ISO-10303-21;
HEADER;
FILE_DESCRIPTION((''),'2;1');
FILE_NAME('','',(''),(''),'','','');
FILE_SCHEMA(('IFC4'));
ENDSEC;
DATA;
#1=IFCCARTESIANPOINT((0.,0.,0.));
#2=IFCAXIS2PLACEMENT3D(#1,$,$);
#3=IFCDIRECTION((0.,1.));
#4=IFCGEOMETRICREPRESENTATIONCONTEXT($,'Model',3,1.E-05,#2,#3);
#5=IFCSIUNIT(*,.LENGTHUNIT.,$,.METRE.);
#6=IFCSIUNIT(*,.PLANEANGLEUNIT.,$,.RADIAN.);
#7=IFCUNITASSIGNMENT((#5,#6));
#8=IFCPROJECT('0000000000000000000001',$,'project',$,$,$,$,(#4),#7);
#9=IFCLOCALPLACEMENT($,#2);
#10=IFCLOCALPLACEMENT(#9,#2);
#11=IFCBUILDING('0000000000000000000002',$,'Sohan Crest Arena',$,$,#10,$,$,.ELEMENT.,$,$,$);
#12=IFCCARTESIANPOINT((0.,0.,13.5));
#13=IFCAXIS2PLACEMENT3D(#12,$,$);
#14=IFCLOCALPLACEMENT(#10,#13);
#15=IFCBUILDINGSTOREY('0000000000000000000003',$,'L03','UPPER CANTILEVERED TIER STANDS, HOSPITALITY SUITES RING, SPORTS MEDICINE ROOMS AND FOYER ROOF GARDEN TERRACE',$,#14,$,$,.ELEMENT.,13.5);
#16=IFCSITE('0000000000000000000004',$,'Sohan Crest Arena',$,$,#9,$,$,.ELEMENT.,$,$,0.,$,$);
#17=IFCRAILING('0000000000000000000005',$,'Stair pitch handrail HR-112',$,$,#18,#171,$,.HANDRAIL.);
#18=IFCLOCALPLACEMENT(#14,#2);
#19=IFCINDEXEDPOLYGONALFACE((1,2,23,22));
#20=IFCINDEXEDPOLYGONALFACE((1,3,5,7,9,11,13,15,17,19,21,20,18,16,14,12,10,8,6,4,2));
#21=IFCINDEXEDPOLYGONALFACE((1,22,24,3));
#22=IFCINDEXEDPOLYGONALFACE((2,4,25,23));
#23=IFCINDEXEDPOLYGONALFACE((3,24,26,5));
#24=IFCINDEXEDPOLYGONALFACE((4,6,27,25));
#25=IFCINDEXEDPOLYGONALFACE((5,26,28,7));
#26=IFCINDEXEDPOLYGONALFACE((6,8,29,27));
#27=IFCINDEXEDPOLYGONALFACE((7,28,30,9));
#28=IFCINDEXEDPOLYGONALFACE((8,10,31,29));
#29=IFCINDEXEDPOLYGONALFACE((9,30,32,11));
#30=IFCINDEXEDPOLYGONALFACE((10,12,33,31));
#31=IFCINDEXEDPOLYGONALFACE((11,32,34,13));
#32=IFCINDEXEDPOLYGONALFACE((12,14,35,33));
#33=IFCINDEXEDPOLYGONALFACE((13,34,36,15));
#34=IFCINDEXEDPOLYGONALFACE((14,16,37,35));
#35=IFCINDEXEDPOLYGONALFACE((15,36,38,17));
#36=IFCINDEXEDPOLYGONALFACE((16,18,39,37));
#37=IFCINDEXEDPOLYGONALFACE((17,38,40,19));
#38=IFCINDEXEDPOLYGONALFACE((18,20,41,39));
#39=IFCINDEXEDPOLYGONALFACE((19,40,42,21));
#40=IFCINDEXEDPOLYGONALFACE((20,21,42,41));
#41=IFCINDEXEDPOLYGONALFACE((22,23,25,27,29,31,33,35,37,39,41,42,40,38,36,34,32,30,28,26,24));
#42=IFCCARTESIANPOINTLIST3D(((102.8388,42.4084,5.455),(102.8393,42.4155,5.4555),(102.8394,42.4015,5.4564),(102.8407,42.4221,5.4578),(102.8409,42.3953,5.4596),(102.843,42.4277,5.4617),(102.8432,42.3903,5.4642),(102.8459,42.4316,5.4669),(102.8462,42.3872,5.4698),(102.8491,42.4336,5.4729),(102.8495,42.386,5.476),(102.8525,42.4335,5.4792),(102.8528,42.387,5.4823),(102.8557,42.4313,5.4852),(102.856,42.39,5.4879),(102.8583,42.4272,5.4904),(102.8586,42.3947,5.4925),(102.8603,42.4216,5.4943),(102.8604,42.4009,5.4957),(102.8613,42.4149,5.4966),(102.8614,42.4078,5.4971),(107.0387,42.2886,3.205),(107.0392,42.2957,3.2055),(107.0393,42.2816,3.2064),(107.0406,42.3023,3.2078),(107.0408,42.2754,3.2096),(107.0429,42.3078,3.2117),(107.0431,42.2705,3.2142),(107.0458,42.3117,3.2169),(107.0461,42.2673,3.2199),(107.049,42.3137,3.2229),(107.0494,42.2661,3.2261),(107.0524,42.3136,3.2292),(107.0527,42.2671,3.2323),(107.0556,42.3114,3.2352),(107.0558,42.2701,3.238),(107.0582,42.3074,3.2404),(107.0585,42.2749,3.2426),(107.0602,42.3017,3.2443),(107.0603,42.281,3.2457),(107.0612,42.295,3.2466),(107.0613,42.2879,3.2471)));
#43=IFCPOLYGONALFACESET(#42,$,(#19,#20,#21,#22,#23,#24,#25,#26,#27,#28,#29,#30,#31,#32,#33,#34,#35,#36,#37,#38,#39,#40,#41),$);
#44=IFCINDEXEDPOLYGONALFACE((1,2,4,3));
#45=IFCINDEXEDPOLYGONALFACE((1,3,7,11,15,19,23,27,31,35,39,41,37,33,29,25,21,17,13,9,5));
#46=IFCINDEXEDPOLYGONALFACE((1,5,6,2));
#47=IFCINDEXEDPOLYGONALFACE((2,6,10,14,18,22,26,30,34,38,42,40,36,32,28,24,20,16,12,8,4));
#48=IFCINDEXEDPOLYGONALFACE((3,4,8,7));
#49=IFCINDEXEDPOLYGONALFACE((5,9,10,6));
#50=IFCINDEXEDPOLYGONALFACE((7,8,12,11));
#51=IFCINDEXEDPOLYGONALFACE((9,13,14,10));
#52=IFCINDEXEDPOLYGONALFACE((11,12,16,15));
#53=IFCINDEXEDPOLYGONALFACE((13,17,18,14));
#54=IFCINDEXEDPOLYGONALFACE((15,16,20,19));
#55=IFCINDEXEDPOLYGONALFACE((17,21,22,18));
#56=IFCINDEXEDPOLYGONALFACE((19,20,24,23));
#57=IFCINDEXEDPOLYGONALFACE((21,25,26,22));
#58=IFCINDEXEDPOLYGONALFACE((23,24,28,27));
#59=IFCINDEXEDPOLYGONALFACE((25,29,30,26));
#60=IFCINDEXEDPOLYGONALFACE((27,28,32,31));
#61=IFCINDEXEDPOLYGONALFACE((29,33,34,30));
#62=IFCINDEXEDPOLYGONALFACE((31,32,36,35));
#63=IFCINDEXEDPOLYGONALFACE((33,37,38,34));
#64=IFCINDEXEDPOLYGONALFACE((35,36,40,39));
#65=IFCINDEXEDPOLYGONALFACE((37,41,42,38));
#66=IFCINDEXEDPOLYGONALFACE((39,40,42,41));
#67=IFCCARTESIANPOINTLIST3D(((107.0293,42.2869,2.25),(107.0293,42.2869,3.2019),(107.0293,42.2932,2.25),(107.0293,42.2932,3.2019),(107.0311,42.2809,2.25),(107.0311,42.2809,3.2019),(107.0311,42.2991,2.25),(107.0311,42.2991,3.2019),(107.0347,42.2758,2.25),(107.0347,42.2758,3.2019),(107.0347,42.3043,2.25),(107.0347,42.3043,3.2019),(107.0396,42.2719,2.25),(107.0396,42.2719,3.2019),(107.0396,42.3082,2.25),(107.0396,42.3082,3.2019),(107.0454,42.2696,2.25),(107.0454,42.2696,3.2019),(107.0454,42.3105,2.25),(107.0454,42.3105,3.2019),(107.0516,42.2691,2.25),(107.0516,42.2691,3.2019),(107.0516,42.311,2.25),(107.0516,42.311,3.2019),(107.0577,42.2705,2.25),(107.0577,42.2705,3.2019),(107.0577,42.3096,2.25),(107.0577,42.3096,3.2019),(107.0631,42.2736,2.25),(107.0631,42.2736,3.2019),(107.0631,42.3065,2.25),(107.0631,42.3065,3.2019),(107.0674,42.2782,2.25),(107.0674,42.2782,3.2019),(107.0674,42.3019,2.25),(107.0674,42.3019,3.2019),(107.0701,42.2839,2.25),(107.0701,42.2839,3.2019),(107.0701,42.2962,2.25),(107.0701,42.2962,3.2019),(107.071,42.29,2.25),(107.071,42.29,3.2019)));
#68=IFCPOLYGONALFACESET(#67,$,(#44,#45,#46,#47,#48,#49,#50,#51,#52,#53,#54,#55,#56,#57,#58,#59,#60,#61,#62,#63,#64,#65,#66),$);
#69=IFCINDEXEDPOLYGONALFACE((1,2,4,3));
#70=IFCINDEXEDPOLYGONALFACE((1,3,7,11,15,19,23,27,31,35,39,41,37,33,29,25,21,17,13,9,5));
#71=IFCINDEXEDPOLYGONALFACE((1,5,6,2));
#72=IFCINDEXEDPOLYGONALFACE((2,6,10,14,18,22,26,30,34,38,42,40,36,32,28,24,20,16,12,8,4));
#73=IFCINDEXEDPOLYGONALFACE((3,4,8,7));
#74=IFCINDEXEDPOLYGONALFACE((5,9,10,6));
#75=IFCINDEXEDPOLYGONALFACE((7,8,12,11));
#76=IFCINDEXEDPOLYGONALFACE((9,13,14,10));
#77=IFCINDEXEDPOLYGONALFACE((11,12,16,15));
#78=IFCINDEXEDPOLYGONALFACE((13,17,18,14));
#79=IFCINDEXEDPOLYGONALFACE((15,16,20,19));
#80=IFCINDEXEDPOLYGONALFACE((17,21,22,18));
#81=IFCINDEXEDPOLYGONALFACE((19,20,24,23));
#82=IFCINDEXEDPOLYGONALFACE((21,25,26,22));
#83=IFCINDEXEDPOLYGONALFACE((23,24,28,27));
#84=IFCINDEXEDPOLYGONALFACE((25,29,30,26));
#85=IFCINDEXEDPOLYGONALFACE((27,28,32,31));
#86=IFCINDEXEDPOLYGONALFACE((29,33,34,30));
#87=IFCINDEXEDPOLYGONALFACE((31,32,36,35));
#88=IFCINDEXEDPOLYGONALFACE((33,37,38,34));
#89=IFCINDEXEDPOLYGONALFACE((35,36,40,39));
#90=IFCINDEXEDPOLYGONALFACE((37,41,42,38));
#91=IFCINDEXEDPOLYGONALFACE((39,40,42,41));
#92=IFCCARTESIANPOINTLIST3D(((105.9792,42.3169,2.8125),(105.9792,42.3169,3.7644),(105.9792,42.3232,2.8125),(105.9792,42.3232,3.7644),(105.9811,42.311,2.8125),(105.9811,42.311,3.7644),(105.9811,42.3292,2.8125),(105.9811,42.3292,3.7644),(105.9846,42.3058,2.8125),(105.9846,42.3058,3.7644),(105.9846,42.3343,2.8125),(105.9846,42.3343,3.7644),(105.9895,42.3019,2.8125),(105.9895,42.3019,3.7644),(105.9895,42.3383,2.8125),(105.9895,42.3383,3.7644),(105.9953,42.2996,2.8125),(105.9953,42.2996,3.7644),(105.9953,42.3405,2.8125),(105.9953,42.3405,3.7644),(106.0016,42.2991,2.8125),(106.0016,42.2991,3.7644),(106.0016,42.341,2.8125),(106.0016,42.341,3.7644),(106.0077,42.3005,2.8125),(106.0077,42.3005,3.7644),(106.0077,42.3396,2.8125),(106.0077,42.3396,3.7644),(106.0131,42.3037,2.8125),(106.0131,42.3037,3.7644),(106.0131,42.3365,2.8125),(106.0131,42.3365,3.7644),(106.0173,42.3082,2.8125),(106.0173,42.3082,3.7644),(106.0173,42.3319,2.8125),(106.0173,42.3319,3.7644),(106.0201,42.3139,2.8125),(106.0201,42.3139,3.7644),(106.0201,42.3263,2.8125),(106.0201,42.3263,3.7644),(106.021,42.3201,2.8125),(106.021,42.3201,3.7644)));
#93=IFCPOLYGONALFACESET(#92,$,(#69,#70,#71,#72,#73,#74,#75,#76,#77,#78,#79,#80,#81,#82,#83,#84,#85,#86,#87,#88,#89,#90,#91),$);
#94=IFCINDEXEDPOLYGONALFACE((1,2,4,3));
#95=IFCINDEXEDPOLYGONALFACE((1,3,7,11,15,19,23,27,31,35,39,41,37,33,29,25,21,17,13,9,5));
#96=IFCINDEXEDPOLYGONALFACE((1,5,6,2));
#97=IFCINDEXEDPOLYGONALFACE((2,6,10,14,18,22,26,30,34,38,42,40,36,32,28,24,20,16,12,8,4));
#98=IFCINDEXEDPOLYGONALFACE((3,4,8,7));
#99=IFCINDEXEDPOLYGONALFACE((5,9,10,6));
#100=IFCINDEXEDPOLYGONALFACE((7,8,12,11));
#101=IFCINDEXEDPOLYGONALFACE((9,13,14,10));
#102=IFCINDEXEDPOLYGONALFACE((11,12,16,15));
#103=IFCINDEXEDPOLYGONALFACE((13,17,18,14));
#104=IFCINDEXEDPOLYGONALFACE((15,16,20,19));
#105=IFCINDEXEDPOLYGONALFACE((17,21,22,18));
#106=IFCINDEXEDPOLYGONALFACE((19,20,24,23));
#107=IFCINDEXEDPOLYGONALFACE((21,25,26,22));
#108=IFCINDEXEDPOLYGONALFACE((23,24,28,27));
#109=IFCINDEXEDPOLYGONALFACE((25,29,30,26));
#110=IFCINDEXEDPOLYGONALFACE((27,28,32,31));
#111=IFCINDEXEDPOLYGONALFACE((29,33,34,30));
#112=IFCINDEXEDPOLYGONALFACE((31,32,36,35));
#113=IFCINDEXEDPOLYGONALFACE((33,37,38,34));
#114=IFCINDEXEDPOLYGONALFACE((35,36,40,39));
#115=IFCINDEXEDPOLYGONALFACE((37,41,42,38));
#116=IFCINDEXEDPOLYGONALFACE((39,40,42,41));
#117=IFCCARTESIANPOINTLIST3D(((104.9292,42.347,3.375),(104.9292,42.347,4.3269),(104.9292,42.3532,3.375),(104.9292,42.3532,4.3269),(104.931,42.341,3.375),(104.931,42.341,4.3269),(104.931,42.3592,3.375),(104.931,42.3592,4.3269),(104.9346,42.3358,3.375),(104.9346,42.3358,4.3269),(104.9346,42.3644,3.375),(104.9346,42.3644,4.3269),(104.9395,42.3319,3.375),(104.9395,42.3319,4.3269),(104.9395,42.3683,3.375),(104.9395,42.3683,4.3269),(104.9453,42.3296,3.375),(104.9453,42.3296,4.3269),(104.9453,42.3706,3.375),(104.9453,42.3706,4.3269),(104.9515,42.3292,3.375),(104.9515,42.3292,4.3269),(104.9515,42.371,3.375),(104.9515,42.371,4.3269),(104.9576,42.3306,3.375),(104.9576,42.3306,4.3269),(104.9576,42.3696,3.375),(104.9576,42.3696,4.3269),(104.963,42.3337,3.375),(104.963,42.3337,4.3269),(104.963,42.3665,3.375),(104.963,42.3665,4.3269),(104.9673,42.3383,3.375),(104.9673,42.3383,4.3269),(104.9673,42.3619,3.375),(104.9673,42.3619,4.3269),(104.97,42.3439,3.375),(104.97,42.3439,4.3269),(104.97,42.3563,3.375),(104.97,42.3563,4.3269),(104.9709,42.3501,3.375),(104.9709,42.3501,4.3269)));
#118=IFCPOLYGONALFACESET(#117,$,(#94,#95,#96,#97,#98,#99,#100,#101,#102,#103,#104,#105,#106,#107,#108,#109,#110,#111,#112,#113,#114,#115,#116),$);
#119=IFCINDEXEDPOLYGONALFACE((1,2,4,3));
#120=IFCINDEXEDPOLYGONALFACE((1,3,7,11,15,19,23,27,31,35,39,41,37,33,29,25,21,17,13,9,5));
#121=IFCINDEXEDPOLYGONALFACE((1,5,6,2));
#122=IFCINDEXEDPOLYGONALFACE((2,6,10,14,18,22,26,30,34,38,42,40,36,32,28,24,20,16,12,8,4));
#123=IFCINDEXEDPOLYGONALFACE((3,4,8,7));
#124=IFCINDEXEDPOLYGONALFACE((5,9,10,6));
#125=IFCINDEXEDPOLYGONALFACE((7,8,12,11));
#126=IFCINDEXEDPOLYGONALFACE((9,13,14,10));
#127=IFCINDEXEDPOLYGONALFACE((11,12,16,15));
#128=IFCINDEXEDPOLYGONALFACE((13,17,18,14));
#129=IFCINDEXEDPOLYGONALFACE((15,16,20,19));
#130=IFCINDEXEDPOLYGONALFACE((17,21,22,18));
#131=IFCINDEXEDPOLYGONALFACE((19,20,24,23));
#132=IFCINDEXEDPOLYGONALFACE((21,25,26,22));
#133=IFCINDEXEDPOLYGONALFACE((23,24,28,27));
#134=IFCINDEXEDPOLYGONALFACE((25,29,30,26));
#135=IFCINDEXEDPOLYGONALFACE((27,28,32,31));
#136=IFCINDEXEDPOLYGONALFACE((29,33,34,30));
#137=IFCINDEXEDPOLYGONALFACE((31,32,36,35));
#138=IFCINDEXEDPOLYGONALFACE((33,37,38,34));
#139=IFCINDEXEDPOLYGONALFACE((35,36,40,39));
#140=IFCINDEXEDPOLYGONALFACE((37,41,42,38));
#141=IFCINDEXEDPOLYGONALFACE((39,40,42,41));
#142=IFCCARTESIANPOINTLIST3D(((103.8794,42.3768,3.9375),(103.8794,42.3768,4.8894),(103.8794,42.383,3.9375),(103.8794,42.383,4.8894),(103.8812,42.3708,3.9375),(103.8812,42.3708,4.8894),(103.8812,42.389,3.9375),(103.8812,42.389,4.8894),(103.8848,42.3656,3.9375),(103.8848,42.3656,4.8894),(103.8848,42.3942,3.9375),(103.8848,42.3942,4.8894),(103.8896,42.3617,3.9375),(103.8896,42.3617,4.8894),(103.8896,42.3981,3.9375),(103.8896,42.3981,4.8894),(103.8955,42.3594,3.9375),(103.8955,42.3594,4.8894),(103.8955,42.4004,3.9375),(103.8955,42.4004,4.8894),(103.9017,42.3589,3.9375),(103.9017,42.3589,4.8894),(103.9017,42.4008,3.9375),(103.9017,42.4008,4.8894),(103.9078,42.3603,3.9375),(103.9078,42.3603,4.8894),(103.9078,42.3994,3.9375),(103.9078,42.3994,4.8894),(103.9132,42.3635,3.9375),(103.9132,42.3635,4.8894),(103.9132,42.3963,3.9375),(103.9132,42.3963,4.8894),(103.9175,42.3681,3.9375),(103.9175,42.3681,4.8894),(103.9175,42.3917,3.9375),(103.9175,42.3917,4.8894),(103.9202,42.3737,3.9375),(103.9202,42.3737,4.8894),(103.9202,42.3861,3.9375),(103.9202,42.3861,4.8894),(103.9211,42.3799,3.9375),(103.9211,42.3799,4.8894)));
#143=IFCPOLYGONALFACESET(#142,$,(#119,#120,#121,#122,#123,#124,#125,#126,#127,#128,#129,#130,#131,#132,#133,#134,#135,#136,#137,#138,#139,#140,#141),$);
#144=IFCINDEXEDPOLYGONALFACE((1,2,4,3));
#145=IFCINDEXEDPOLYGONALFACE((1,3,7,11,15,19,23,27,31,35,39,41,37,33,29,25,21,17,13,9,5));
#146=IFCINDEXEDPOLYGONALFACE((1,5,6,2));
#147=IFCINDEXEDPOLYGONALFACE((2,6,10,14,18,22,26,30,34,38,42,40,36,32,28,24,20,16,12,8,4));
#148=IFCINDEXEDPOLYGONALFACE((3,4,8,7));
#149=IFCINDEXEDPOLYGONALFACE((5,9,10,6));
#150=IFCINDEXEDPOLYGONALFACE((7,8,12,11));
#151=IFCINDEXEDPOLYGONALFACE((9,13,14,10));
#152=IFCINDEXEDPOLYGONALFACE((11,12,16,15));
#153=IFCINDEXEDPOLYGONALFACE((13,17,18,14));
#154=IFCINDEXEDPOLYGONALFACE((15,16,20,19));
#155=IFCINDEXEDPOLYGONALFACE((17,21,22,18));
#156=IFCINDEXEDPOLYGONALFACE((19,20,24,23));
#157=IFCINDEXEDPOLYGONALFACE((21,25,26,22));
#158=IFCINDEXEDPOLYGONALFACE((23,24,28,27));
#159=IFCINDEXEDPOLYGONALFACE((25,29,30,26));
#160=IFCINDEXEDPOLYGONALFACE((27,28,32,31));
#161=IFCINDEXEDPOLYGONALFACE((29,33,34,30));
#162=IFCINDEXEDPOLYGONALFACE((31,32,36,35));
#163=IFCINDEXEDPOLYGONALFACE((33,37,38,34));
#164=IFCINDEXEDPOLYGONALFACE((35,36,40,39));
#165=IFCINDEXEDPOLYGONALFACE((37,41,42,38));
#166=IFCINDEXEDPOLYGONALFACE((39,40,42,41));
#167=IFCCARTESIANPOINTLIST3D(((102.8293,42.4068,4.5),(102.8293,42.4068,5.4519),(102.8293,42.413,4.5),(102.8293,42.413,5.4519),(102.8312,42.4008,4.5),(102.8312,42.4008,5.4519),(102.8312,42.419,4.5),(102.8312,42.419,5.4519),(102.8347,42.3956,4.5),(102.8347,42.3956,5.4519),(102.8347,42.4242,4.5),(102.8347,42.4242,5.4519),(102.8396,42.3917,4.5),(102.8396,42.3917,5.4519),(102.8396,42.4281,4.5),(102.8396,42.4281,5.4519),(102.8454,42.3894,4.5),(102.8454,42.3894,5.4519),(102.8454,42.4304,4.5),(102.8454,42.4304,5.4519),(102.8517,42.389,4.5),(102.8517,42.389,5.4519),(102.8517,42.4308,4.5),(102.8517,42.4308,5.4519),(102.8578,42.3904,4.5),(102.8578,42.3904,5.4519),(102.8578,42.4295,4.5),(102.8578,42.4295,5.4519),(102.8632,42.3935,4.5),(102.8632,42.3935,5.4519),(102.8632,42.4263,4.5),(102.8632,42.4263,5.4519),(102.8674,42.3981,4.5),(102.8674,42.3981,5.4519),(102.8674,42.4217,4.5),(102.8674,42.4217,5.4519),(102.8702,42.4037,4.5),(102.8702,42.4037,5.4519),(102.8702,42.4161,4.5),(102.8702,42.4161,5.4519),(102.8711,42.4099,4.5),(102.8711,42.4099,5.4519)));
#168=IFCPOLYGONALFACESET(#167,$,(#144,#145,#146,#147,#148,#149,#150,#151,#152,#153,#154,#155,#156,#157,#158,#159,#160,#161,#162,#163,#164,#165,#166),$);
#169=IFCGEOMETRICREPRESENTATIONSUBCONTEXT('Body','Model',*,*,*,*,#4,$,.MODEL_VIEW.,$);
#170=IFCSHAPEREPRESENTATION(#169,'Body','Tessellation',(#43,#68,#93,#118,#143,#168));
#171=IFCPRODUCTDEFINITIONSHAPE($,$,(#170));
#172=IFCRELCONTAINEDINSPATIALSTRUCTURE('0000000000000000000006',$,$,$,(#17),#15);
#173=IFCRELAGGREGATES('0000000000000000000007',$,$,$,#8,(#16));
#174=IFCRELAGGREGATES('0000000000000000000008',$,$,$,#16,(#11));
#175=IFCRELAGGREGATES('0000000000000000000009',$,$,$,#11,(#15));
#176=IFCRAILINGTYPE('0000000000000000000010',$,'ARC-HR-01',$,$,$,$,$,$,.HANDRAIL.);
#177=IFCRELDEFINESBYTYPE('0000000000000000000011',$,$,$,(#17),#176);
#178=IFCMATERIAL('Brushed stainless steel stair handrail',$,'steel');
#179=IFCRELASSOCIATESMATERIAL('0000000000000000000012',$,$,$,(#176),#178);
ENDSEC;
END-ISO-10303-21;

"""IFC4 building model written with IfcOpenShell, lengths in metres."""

from ifc_helpers import new_model, si_unit, direction, frame, origin, origin_2d, place, context, subcontext, project, spatial, circle, extrude, material, type_object, element, save


model = new_model("IFC4")

# Units and contexts
model_context = context("Model", 3, precision=1e-05, world=origin(), true_north=direction((0.0, 1.0)))
body_context = subcontext(model_context, "Body", "Model", "MODEL_VIEW")
ifc_project = project(units=[si_unit("LENGTHUNIT", "METRE"), si_unit("PLANEANGLEUNIT", "RADIAN")], contexts=[model_context])

# Site, building, storey
site_placement = place(None, origin())
site = spatial("IfcSite", under=ifc_project, at=site_placement, Name="Sohan Crest Arena", CompositionType="ELEMENT", RefElevation=0.0)
building_placement = place(site_placement, origin())
building = spatial("IfcBuilding", under=site, at=building_placement, Name="Sohan Crest Arena", CompositionType="ELEMENT")
storey_placement = place(building_placement, frame((0.0, 0.0, 13.5)))
storey = spatial("IfcBuildingStorey", under=building, at=storey_placement, Name="L03", Description="UPPER CANTILEVERED TIER STANDS, HOSPITALITY SUITES RING, SPORTS MEDICINE ROOMS AND FOYER ROOF GARDEN TERRACE", CompositionType="ELEMENT", Elevation=13.5)

# Railing
ifc_material_1 = material(Name="Brushed stainless steel stair handrail", Category="steel")
railing_type_1 = type_object("IfcRailingType", Name="ARC-HR-01", PredefinedType="HANDRAIL", material=ifc_material_1)
railing_1_placement = place(storey_placement, frame((107.05, 42.29, 2.25)))
element("IfcRailing", 1, at=railing_1_placement, inside=storey, type_object=railing_type_1, Name="Stair pitch handrail HR-112", PredefinedType="HANDRAIL", context=body_context, shape_type="SweptSolid", body=[
    extrude(circle(Radius=0.0239, at=origin_2d()), frame((0.0, 0.0, 0.9761), z_axis=(-0.881199, 0.025151, 0.472076), x_axis=(-0.02853, -0.999593, 0.0)), (0.0, 0.0, 1.0), 4.7661),
    extrude(circle(Radius=0.021, at=origin_2d()), origin(), (0.0, 0.0, 1.0), 0.9519),
    extrude(circle(Radius=0.021, at=origin_2d()), frame((-1.05, 0.03, 0.5625)), (0.0, 0.0, 1.0), 0.9519),
    extrude(circle(Radius=0.021, at=origin_2d()), frame((-2.1001, 0.0601, 1.125)), (0.0, 0.0, 1.0), 0.9519),
    extrude(circle(Radius=0.021, at=origin_2d()), frame((-3.1499, 0.0898, 1.6875)), (0.0, 0.0, 1.0), 0.9519),
    extrude(circle(Radius=0.021, at=origin_2d()), frame((-4.2, 0.1199, 2.25)), (0.0, 0.0, 1.0), 0.9519),
])

save(model, "model.ifc")
